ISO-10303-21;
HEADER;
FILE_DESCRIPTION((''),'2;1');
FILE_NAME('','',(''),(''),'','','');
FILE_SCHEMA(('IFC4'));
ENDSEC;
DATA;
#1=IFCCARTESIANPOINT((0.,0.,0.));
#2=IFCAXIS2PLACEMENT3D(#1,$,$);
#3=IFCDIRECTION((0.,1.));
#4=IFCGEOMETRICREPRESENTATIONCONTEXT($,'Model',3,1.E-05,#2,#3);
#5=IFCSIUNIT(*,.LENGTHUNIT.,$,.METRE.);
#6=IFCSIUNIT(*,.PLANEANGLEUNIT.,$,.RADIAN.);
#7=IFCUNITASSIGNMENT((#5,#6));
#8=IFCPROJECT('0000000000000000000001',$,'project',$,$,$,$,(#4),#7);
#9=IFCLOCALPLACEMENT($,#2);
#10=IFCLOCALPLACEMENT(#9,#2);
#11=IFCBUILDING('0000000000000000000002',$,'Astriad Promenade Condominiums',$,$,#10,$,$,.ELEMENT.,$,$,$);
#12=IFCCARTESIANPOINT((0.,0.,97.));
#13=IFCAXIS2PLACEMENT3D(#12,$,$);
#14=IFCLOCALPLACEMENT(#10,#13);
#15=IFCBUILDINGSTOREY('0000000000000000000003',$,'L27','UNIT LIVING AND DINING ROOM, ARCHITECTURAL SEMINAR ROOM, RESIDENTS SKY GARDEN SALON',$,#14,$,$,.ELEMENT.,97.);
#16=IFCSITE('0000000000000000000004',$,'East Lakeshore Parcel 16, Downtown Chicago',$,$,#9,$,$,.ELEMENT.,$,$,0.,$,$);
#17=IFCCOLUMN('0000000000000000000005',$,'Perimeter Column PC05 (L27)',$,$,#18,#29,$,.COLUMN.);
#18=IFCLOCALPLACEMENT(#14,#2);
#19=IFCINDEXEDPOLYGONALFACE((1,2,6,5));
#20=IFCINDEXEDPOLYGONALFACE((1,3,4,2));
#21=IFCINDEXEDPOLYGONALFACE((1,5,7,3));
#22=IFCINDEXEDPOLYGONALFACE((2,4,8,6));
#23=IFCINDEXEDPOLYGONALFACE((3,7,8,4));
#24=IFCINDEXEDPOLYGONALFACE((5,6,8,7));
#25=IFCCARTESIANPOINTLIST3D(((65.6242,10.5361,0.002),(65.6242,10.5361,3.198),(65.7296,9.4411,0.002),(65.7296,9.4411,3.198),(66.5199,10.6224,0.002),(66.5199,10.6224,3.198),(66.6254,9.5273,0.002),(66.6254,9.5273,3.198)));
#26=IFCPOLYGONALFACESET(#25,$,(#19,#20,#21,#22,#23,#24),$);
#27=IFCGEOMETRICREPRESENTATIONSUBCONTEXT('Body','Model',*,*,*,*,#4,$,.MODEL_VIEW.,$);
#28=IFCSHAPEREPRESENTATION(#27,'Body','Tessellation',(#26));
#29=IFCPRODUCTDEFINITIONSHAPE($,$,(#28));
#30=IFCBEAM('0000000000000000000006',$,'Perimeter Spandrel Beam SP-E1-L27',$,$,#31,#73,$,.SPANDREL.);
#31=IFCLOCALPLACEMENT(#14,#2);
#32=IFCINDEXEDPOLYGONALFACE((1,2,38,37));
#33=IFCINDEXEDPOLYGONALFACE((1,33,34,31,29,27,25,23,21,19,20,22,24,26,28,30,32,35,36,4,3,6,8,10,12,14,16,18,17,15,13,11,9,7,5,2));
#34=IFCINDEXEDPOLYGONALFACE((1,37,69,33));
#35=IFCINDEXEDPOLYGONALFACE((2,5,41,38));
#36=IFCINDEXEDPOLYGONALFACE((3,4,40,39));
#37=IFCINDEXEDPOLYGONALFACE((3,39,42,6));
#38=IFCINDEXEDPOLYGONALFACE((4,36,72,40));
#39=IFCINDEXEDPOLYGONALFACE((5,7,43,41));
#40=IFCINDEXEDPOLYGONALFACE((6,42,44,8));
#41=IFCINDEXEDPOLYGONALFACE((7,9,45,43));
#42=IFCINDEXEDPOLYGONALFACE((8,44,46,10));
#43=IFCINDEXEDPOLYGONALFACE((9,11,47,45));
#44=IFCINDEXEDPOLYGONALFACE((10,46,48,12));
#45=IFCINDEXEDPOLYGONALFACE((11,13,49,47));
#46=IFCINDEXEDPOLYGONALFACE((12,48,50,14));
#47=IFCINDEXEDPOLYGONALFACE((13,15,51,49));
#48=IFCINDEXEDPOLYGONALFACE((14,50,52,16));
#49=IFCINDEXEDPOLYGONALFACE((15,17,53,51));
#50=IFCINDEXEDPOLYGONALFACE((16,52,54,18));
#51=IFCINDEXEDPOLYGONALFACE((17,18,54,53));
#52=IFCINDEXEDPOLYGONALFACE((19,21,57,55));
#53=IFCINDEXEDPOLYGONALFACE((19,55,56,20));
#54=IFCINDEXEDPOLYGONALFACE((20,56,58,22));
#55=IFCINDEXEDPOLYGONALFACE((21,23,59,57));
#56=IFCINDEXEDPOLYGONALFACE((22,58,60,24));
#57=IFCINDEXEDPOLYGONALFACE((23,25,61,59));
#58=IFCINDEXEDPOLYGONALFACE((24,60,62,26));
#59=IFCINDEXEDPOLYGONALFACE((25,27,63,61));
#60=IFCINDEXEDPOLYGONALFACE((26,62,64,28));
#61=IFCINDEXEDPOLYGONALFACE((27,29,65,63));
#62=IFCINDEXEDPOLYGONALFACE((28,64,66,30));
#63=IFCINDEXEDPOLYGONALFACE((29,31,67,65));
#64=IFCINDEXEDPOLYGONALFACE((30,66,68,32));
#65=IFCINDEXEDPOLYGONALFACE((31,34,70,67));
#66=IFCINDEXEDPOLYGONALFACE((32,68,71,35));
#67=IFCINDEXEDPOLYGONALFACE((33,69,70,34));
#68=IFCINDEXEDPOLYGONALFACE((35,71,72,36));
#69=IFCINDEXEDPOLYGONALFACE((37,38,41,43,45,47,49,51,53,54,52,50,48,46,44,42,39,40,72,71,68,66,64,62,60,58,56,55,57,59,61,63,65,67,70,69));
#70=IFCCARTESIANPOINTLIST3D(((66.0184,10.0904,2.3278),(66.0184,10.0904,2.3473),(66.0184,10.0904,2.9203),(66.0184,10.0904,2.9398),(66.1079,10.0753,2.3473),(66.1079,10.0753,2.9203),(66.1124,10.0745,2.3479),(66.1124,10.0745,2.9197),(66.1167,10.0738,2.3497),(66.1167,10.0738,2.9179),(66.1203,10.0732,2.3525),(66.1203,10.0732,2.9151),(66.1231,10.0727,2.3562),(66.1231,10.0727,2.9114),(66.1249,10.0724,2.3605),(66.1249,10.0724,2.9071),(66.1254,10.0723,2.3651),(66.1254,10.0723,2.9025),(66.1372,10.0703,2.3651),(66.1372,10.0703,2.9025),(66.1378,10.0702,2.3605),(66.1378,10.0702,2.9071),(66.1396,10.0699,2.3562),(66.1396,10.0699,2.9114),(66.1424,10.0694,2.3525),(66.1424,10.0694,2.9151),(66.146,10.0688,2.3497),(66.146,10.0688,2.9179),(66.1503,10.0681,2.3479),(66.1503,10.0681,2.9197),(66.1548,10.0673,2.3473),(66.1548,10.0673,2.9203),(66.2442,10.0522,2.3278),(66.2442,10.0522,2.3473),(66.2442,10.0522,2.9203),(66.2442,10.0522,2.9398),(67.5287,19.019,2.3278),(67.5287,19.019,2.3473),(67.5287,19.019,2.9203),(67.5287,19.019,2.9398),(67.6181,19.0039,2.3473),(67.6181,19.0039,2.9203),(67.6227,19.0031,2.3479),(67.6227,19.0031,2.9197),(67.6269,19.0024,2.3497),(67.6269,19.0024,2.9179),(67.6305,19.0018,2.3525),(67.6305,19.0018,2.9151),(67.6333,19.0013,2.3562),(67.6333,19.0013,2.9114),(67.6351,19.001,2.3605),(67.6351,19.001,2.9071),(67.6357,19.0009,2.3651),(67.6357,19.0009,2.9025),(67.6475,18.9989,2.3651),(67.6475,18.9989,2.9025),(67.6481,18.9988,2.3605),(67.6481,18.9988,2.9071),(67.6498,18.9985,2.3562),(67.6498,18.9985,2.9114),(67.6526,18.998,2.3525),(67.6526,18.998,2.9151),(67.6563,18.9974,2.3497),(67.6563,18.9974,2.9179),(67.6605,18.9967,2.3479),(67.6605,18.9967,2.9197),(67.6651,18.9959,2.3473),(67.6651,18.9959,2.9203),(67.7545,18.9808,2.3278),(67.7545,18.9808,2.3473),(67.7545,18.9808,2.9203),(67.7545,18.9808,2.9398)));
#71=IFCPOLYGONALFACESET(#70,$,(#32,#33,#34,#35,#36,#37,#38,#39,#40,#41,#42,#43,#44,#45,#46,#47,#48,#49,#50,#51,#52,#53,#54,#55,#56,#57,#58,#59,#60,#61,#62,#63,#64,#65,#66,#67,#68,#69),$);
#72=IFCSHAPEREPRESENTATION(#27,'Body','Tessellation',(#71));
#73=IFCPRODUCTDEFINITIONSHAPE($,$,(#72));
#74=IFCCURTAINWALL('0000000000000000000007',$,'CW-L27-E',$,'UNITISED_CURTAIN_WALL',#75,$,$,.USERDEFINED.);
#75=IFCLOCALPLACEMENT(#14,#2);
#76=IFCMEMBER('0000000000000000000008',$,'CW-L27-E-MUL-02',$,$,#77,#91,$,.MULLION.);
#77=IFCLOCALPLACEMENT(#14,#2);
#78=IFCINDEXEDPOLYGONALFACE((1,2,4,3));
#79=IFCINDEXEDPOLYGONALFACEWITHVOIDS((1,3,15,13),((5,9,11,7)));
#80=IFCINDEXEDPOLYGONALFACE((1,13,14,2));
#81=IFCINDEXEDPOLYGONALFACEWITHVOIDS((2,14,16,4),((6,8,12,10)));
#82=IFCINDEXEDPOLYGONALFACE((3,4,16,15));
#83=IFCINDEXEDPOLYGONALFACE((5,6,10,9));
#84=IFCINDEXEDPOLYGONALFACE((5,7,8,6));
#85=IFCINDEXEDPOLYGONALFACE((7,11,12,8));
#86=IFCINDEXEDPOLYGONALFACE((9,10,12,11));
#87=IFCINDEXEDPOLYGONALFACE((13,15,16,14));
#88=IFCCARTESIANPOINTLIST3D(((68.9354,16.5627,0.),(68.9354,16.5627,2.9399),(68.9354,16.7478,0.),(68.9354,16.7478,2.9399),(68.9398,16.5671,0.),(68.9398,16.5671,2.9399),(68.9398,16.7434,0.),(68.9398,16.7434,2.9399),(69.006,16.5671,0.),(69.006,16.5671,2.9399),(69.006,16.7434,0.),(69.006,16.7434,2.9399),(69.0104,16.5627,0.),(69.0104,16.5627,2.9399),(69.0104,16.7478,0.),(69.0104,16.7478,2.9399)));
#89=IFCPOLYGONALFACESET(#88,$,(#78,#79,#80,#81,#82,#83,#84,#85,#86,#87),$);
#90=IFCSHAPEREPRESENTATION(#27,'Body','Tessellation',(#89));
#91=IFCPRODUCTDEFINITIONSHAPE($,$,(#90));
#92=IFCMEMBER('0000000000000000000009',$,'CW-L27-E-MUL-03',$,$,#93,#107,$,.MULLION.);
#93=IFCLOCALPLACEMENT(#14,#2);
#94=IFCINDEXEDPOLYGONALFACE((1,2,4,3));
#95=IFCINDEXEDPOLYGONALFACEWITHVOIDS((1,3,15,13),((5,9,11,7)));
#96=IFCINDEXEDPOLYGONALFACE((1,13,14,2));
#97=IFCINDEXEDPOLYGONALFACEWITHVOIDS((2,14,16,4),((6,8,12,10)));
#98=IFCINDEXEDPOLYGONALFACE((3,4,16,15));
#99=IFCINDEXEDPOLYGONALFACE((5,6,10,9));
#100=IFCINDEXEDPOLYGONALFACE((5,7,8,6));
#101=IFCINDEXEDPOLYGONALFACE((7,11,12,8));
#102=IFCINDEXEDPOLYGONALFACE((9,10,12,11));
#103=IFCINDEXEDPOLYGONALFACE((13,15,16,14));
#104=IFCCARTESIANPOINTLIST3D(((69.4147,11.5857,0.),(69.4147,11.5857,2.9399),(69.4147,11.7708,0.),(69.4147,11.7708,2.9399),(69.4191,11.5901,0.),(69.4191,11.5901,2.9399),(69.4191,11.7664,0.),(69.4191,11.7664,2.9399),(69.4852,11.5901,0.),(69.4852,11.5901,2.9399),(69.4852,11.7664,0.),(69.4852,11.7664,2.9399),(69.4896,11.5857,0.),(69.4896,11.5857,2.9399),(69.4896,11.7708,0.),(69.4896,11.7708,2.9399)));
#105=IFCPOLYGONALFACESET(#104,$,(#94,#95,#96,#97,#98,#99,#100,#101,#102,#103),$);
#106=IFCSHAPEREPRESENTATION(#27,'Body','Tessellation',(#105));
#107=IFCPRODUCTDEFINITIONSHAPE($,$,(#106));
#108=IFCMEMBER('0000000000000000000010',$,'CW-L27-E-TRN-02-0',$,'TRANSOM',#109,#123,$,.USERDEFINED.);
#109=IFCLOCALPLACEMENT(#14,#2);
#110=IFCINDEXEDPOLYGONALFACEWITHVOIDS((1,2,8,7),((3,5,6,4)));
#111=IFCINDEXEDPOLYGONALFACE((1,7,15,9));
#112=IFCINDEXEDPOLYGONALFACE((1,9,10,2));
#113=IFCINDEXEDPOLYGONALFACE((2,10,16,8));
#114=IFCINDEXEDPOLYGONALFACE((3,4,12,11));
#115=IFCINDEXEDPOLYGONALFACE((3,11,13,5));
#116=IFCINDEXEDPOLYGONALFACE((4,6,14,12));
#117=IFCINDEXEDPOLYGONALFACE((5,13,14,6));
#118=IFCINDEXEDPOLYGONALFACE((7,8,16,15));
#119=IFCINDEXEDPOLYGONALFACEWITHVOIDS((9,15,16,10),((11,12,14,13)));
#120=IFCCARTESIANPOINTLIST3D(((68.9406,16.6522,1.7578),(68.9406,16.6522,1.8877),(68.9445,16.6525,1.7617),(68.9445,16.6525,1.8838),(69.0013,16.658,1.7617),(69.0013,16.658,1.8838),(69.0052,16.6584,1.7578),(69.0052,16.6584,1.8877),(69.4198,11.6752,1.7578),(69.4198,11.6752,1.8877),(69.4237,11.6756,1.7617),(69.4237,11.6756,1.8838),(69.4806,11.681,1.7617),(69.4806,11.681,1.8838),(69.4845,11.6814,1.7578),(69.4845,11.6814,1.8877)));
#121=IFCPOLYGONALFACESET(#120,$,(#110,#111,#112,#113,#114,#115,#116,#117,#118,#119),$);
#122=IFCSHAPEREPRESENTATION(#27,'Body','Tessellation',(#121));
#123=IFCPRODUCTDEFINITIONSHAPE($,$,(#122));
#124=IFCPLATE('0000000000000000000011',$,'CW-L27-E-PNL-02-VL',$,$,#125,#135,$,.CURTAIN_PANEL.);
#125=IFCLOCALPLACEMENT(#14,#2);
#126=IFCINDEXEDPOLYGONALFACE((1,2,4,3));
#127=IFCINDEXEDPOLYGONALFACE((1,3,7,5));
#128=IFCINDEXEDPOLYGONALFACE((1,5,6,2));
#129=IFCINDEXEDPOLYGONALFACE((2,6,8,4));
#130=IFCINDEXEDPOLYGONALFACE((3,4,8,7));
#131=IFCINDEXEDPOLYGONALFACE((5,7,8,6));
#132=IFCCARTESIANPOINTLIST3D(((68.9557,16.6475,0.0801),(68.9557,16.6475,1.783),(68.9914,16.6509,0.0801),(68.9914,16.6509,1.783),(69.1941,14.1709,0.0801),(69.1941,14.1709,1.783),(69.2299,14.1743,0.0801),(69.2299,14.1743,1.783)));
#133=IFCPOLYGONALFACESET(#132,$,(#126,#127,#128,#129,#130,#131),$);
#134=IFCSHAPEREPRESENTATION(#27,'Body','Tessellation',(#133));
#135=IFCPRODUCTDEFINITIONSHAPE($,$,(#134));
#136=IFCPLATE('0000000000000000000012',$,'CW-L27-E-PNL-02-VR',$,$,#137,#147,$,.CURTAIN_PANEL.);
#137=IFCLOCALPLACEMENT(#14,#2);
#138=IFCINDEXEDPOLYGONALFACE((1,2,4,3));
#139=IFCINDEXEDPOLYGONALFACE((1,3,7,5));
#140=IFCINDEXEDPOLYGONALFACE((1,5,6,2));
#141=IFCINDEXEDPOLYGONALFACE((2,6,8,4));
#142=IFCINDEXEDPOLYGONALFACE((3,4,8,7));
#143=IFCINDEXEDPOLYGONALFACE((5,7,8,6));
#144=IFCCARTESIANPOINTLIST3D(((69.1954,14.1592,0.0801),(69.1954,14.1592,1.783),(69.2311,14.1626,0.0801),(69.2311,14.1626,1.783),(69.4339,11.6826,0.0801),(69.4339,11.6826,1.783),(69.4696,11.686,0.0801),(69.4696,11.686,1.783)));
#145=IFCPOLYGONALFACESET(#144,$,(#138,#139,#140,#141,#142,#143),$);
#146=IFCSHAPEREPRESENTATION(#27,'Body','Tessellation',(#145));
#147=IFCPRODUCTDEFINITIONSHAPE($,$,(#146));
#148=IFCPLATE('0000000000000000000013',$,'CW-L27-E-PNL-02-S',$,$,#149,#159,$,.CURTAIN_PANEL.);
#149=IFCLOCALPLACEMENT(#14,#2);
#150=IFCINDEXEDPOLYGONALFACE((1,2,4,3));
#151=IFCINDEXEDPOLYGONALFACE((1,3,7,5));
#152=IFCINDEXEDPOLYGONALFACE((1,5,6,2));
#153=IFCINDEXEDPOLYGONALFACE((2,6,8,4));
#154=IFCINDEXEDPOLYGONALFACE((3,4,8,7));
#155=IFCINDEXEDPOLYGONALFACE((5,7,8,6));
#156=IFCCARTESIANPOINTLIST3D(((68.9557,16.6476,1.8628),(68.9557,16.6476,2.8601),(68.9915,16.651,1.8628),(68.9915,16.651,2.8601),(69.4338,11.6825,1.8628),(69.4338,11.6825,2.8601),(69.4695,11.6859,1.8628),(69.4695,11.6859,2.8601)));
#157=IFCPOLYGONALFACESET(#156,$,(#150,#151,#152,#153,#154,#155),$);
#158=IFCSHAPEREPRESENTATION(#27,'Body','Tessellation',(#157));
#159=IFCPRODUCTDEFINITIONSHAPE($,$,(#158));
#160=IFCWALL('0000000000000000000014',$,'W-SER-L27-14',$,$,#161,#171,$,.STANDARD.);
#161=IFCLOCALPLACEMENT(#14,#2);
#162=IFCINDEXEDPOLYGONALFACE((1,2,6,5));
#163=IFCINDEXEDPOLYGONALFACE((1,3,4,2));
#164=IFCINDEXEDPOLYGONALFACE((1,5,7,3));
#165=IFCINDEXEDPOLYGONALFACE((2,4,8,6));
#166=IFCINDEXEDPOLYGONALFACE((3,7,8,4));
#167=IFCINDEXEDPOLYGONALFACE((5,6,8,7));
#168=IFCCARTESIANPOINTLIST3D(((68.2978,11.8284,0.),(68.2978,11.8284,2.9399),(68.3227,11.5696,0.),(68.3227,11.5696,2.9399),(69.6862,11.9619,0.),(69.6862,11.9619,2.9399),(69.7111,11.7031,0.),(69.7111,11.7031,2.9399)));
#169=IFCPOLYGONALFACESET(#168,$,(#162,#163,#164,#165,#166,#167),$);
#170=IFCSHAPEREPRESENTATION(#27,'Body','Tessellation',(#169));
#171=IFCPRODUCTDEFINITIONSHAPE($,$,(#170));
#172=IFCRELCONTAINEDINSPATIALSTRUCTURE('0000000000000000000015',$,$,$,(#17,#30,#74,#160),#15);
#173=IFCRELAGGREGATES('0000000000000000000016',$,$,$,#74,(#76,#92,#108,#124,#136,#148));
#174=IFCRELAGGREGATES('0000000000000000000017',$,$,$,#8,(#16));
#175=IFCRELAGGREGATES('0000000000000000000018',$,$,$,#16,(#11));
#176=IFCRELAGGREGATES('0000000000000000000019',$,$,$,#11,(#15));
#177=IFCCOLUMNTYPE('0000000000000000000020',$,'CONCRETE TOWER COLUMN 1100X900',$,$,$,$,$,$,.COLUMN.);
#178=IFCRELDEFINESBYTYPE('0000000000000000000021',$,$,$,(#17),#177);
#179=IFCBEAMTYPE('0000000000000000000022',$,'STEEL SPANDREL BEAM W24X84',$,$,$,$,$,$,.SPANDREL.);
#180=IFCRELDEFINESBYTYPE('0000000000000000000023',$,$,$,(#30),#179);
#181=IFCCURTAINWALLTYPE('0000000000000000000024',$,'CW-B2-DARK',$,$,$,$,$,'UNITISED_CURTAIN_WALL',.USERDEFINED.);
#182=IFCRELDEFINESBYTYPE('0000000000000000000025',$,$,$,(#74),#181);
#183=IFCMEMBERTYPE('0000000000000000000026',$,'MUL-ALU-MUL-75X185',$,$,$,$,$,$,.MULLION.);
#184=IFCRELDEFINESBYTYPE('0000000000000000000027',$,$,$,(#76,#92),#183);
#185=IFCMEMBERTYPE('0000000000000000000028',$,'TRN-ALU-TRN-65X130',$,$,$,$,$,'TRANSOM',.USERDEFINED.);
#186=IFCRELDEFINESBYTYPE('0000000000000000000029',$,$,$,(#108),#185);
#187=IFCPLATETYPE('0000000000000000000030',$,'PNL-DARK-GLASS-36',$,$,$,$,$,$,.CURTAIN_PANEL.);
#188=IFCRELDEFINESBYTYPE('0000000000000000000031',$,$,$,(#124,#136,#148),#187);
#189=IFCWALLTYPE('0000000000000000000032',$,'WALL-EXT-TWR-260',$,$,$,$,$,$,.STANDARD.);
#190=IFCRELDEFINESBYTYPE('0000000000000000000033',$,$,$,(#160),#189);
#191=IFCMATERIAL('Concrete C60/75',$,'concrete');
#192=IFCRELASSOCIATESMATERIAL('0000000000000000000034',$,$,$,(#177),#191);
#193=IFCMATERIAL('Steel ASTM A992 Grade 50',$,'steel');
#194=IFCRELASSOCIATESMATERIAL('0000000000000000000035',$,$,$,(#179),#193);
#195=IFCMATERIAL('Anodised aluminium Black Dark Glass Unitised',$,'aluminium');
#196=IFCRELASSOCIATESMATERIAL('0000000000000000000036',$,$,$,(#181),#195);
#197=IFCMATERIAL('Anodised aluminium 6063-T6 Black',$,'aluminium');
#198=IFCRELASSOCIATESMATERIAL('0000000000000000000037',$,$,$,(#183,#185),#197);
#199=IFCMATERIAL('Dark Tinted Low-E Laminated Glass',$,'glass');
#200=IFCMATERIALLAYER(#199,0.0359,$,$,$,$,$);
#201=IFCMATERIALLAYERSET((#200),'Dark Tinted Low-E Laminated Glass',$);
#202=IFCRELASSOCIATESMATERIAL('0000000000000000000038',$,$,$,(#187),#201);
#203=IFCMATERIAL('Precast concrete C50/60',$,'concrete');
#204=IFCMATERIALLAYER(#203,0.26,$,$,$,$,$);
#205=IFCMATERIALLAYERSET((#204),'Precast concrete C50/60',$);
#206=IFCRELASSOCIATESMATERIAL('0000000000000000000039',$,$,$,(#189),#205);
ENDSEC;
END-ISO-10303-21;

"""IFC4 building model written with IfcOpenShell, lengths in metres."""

from ifc_helpers import new_model, si_unit, direction, frame, frame_2d, origin, origin_2d, place, context, subcontext, project, spatial, rectangle, hollow_rectangle, i_section, extrude, source, transform, mapped, material, layer, layer_set, material_profile, profile_set, type_object, type_shapes, element, aggregate, save


model = new_model("IFC4")

# Units and contexts
model_context = context("Model", 3, precision=1e-05, world=origin(), true_north=direction((0.0, 1.0)))
body_context = subcontext(model_context, "Body", "Model", "MODEL_VIEW")
ifc_project = project(units=[si_unit("LENGTHUNIT", "METRE"), si_unit("PLANEANGLEUNIT", "RADIAN")], contexts=[model_context])

# Site, building, storey
site_placement = place(None, origin())
site = spatial("IfcSite", under=ifc_project, at=site_placement, Name="East Lakeshore Parcel 16, Downtown Chicago", CompositionType="ELEMENT", RefElevation=0.0)
building_placement = place(site_placement, origin())
building = spatial("IfcBuilding", under=site, at=building_placement, Name="Astriad Promenade Condominiums", CompositionType="ELEMENT")
storey_placement = place(building_placement, frame((0.0, 0.0, 97.0)))
storey = spatial("IfcBuildingStorey", under=building, at=storey_placement, Name="L27", Description="UNIT LIVING AND DINING ROOM, ARCHITECTURAL SEMINAR ROOM, RESIDENTS SKY GARDEN SALON", CompositionType="ELEMENT", Elevation=97.0)

# Column
ifc_material_1 = material(Name="Concrete C60/75", Category="concrete")
ifc_material_profile_1 = material_profile(ifc_material_1, rectangle(XDim=0.8999, YDim=1.1001, at=origin_2d()), Name="RC-COL-1100X900")
ifc_profile_set_1 = profile_set([ifc_material_profile_1], Name="Concrete C60/75")
column_type = type_object("IfcColumnType", Name="CONCRETE TOWER COLUMN 1100X900", PredefinedType="COLUMN", material=ifc_profile_set_1)
shared_shape_1 = source(origin(), body_context, "Body", "SweptSolid", [
    extrude(rectangle(XDim=0.8999, YDim=1.1001, at=origin_2d()), origin(), (0.0, 0.0, 1.0), 3.196),
])
type_shapes(column_type, [shared_shape_1])
column_placement = place(storey_placement, frame((66.1248, 10.0317, 0.002), z_axis=(0.0, 0.0, 1.0), x_axis=(0.995396, 0.095846, 0.0)))
element("IfcColumn", 1, at=column_placement, inside=storey, type_object=column_type, Name="Perimeter Column PC05 (L27)", PredefinedType="COLUMN", context=body_context, shape_type="MappedRepresentation", body=[
    mapped(shared_shape_1, transform((0.0, 0.0, 0.0), scale=1.0)),
])

# Beam
ifc_material_2 = material(Name="Steel ASTM A992 Grade 50", Category="steel")
ifc_material_profile_2 = material_profile(ifc_material_2, i_section(OverallWidth=0.229, OverallDepth=0.6121, WebThickness=0.012, FlangeThickness=0.0195, FilletRadius=0.0178, at=origin_2d()), Name="W24X84")
ifc_profile_set_2 = profile_set([ifc_material_profile_2], Name="Steel ASTM A992 Grade 50")
beam_type = type_object("IfcBeamType", Name="STEEL SPANDREL BEAM W24X84", PredefinedType="SPANDREL", material=ifc_profile_set_2)
shared_shape_2 = source(origin(), body_context, "Body", "SweptSolid", [
    extrude(i_section(OverallWidth=0.229, OverallDepth=0.6121, WebThickness=0.012, FlangeThickness=0.0195, FilletRadius=0.0178, at=origin_2d()), origin(), (0.0, 0.0, 1.0), 9.0554),
])
type_shapes(beam_type, [shared_shape_2])
beam_placement = place(storey_placement, frame((66.1313, 10.0713, 2.6338), z_axis=(0.166777, 0.985995, 0.0), x_axis=(-0.985995, 0.166777, 0.0)))
element("IfcBeam", 2, at=beam_placement, inside=storey, type_object=beam_type, Name="Perimeter Spandrel Beam SP-E1-L27", PredefinedType="SPANDREL", context=body_context, shape_type="MappedRepresentation", body=[
    mapped(shared_shape_2, transform((0.0, 0.0, 0.0), scale=1.0)),
])

# Curtain wall, members, plates
ifc_material_3 = material(Name="Anodised aluminium Black Dark Glass Unitised", Category="aluminium")
curtain_wall_type = type_object("IfcCurtainWallType", Name="CW-B2-DARK", ElementType="UNITISED_CURTAIN_WALL", PredefinedType="USERDEFINED", material=ifc_material_3)
curtain_wall_placement = place(storey_placement, origin())
curtain_wall = element("IfcCurtainWall", 3, at=curtain_wall_placement, inside=storey, type_object=curtain_wall_type, Name="CW-L27-E", ObjectType="UNITISED_CURTAIN_WALL", PredefinedType="USERDEFINED")
ifc_material_4 = material(Name="Anodised aluminium 6063-T6 Black", Category="aluminium")
ifc_material_profile_3 = material_profile(ifc_material_4, hollow_rectangle(XDim=0.075, YDim=0.1851, WallThickness=0.0044, at=origin_2d()), Name="ALU-MUL-75X185")
ifc_profile_set_3 = profile_set([ifc_material_profile_3], Name="Anodised aluminium 6063-T6 Black")
member_type_1 = type_object("IfcMemberType", Name="MUL-ALU-MUL-75X185", PredefinedType="MULLION", material=ifc_profile_set_3)
shared_shape_3 = source(origin(), body_context, "Body", "SweptSolid", [
    extrude(hollow_rectangle(XDim=0.075, YDim=0.1851, WallThickness=0.0044, at=origin_2d()), origin(), (0.0, 0.0, 1.0), 2.9399),
])
type_shapes(member_type_1, [shared_shape_3])
member_1_placement = place(storey_placement, frame((68.9729, 16.6553, 0.0), z_axis=(0.0, 0.0, 1.0), x_axis=(1.0, 0.0, 0.0)))
member_1 = element("IfcMember", 4, at=member_1_placement, type_object=member_type_1, Name="CW-L27-E-MUL-02", PredefinedType="MULLION", context=body_context, shape_type="MappedRepresentation", body=[
    mapped(shared_shape_3, transform((0.0, 0.0, 0.0), scale=1.0)),
])
member_2_placement = place(storey_placement, frame((69.4521, 11.6782, 0.0), z_axis=(0.0, 0.0, 1.0), x_axis=(1.0, 0.0, 0.0)))
member_2 = element("IfcMember", 5, at=member_2_placement, type_object=member_type_1, Name="CW-L27-E-MUL-03", PredefinedType="MULLION", context=body_context, shape_type="MappedRepresentation", body=[
    mapped(shared_shape_3, transform((0.0, 0.0, 0.0), scale=1.0)),
])
ifc_material_profile_4 = material_profile(ifc_material_4, hollow_rectangle(XDim=0.0649, YDim=0.1299, WallThickness=0.0039, at=origin_2d()), Name="ALU-TRN-65X130")
ifc_profile_set_4 = profile_set([ifc_material_profile_4], Name="Anodised aluminium 6063-T6 Black")
member_type_2 = type_object("IfcMemberType", Name="TRN-ALU-TRN-65X130", ElementType="TRANSOM", PredefinedType="USERDEFINED", material=ifc_profile_set_4)
shared_shape_4 = source(origin(), body_context, "Body", "SweptSolid", [
    extrude(hollow_rectangle(XDim=0.0649, YDim=0.1299, WallThickness=0.0039, at=origin_2d()), origin(), (0.0, 0.0, 1.0), 5.0),
])
type_shapes(member_type_2, [shared_shape_4])
member_3_placement = place(storey_placement, frame((68.9729, 16.6553, 1.8228), z_axis=(0.095848, -0.995396, 0.0), x_axis=(0.995396, 0.095848, 0.0)))
member_3 = element("IfcMember", 6, at=member_3_placement, type_object=member_type_2, Name="CW-L27-E-TRN-02-0", ObjectType="TRANSOM", PredefinedType="USERDEFINED", context=body_context, shape_type="MappedRepresentation", body=[
    mapped(shared_shape_4, transform((0.0, 0.0, 0.0), scale=1.0)),
])
ifc_material_5 = material(Name="Dark Tinted Low-E Laminated Glass", Category="glass")
ifc_layer_1 = layer(ifc_material_5, 0.0359)
ifc_layer_set_1 = layer_set([ifc_layer_1], Name="Dark Tinted Low-E Laminated Glass")
plate_type = type_object("IfcPlateType", Name="PNL-DARK-GLASS-36", PredefinedType="CURTAIN_PANEL", material=ifc_layer_set_1)
shared_shape_5 = source(origin(), body_context, "Body", "SweptSolid", [
    extrude(rectangle(XDim=2.488, YDim=0.0359, at=origin_2d()), origin(), (0.0, 0.0, 1.0), 1.7029),
])
plate_1_placement = place(storey_placement, frame((69.0928, 15.4109, 0.0801), z_axis=(0.0, 0.0, 1.0), x_axis=(0.095846, -0.995396, 0.0)))
plate_1 = element("IfcPlate", 7, at=plate_1_placement, type_object=plate_type, Name="CW-L27-E-PNL-02-VL", PredefinedType="CURTAIN_PANEL", context=body_context, shape_type="MappedRepresentation", body=[
    mapped(shared_shape_5, transform((0.0, 0.0, 0.0), scale=1.0)),
])
plate_2_placement = place(storey_placement, frame((69.3325, 12.9226, 0.0801), z_axis=(0.0, 0.0, 1.0), x_axis=(0.095846, -0.995396, 0.0)))
plate_2 = element("IfcPlate", 8, at=plate_2_placement, type_object=plate_type, Name="CW-L27-E-PNL-02-VR", PredefinedType="CURTAIN_PANEL", context=body_context, shape_type="MappedRepresentation", body=[
    mapped(shared_shape_5, transform((0.0, 0.0, 0.0), scale=1.0)),
])
shared_shape_6 = source(origin(), body_context, "Body", "SweptSolid", [
    extrude(rectangle(XDim=4.988, YDim=0.0359, at=origin_2d()), origin(), (0.0, 0.0, 1.0), 0.9973),
])
type_shapes(plate_type, [shared_shape_5, shared_shape_6])
plate_3_placement = place(storey_placement, frame((69.2126, 14.1667, 1.8628), z_axis=(0.0, 0.0, 1.0), x_axis=(0.095846, -0.995396, 0.0)))
plate_3 = element("IfcPlate", 9, at=plate_3_placement, type_object=plate_type, Name="CW-L27-E-PNL-02-S", PredefinedType="CURTAIN_PANEL", context=body_context, shape_type="MappedRepresentation", body=[
    mapped(shared_shape_6, transform((0.0, 0.0, 0.0), scale=1.0)),
])
aggregate(curtain_wall, [member_1, member_2, member_3, plate_1, plate_2, plate_3])

# Wall
ifc_material_6 = material(Name="Precast concrete C50/60", Category="concrete")
ifc_layer_2 = layer(ifc_material_6, 0.26)
ifc_layer_set_2 = layer_set([ifc_layer_2], Name="Precast concrete C50/60")
wall_type_1 = type_object("IfcWallType", Name="WALL-EXT-TWR-260", PredefinedType="STANDARD", material=ifc_layer_set_2)
for number, where, z_axis, x_axis, name in (
    (10, (69.6985, 11.8325, 0.0), (0.0, 0.0, 1.0), (-0.995406, -0.095742, 0.0), "W-SER-L27-14"),
):
    element("IfcWall", number, at=place(storey_placement, frame(where, z_axis=z_axis, x_axis=x_axis)), inside=storey, type_object=wall_type_1, Name=name, PredefinedType="STANDARD", context=body_context, shape_type="SweptSolid", body=[
        extrude(rectangle(XDim=1.3948, YDim=0.26, at=frame_2d((0.6973, 0.0))), origin(), (0.0, 0.0, 1.0), 2.9399),
    ])

save(model, "model.ifc")
